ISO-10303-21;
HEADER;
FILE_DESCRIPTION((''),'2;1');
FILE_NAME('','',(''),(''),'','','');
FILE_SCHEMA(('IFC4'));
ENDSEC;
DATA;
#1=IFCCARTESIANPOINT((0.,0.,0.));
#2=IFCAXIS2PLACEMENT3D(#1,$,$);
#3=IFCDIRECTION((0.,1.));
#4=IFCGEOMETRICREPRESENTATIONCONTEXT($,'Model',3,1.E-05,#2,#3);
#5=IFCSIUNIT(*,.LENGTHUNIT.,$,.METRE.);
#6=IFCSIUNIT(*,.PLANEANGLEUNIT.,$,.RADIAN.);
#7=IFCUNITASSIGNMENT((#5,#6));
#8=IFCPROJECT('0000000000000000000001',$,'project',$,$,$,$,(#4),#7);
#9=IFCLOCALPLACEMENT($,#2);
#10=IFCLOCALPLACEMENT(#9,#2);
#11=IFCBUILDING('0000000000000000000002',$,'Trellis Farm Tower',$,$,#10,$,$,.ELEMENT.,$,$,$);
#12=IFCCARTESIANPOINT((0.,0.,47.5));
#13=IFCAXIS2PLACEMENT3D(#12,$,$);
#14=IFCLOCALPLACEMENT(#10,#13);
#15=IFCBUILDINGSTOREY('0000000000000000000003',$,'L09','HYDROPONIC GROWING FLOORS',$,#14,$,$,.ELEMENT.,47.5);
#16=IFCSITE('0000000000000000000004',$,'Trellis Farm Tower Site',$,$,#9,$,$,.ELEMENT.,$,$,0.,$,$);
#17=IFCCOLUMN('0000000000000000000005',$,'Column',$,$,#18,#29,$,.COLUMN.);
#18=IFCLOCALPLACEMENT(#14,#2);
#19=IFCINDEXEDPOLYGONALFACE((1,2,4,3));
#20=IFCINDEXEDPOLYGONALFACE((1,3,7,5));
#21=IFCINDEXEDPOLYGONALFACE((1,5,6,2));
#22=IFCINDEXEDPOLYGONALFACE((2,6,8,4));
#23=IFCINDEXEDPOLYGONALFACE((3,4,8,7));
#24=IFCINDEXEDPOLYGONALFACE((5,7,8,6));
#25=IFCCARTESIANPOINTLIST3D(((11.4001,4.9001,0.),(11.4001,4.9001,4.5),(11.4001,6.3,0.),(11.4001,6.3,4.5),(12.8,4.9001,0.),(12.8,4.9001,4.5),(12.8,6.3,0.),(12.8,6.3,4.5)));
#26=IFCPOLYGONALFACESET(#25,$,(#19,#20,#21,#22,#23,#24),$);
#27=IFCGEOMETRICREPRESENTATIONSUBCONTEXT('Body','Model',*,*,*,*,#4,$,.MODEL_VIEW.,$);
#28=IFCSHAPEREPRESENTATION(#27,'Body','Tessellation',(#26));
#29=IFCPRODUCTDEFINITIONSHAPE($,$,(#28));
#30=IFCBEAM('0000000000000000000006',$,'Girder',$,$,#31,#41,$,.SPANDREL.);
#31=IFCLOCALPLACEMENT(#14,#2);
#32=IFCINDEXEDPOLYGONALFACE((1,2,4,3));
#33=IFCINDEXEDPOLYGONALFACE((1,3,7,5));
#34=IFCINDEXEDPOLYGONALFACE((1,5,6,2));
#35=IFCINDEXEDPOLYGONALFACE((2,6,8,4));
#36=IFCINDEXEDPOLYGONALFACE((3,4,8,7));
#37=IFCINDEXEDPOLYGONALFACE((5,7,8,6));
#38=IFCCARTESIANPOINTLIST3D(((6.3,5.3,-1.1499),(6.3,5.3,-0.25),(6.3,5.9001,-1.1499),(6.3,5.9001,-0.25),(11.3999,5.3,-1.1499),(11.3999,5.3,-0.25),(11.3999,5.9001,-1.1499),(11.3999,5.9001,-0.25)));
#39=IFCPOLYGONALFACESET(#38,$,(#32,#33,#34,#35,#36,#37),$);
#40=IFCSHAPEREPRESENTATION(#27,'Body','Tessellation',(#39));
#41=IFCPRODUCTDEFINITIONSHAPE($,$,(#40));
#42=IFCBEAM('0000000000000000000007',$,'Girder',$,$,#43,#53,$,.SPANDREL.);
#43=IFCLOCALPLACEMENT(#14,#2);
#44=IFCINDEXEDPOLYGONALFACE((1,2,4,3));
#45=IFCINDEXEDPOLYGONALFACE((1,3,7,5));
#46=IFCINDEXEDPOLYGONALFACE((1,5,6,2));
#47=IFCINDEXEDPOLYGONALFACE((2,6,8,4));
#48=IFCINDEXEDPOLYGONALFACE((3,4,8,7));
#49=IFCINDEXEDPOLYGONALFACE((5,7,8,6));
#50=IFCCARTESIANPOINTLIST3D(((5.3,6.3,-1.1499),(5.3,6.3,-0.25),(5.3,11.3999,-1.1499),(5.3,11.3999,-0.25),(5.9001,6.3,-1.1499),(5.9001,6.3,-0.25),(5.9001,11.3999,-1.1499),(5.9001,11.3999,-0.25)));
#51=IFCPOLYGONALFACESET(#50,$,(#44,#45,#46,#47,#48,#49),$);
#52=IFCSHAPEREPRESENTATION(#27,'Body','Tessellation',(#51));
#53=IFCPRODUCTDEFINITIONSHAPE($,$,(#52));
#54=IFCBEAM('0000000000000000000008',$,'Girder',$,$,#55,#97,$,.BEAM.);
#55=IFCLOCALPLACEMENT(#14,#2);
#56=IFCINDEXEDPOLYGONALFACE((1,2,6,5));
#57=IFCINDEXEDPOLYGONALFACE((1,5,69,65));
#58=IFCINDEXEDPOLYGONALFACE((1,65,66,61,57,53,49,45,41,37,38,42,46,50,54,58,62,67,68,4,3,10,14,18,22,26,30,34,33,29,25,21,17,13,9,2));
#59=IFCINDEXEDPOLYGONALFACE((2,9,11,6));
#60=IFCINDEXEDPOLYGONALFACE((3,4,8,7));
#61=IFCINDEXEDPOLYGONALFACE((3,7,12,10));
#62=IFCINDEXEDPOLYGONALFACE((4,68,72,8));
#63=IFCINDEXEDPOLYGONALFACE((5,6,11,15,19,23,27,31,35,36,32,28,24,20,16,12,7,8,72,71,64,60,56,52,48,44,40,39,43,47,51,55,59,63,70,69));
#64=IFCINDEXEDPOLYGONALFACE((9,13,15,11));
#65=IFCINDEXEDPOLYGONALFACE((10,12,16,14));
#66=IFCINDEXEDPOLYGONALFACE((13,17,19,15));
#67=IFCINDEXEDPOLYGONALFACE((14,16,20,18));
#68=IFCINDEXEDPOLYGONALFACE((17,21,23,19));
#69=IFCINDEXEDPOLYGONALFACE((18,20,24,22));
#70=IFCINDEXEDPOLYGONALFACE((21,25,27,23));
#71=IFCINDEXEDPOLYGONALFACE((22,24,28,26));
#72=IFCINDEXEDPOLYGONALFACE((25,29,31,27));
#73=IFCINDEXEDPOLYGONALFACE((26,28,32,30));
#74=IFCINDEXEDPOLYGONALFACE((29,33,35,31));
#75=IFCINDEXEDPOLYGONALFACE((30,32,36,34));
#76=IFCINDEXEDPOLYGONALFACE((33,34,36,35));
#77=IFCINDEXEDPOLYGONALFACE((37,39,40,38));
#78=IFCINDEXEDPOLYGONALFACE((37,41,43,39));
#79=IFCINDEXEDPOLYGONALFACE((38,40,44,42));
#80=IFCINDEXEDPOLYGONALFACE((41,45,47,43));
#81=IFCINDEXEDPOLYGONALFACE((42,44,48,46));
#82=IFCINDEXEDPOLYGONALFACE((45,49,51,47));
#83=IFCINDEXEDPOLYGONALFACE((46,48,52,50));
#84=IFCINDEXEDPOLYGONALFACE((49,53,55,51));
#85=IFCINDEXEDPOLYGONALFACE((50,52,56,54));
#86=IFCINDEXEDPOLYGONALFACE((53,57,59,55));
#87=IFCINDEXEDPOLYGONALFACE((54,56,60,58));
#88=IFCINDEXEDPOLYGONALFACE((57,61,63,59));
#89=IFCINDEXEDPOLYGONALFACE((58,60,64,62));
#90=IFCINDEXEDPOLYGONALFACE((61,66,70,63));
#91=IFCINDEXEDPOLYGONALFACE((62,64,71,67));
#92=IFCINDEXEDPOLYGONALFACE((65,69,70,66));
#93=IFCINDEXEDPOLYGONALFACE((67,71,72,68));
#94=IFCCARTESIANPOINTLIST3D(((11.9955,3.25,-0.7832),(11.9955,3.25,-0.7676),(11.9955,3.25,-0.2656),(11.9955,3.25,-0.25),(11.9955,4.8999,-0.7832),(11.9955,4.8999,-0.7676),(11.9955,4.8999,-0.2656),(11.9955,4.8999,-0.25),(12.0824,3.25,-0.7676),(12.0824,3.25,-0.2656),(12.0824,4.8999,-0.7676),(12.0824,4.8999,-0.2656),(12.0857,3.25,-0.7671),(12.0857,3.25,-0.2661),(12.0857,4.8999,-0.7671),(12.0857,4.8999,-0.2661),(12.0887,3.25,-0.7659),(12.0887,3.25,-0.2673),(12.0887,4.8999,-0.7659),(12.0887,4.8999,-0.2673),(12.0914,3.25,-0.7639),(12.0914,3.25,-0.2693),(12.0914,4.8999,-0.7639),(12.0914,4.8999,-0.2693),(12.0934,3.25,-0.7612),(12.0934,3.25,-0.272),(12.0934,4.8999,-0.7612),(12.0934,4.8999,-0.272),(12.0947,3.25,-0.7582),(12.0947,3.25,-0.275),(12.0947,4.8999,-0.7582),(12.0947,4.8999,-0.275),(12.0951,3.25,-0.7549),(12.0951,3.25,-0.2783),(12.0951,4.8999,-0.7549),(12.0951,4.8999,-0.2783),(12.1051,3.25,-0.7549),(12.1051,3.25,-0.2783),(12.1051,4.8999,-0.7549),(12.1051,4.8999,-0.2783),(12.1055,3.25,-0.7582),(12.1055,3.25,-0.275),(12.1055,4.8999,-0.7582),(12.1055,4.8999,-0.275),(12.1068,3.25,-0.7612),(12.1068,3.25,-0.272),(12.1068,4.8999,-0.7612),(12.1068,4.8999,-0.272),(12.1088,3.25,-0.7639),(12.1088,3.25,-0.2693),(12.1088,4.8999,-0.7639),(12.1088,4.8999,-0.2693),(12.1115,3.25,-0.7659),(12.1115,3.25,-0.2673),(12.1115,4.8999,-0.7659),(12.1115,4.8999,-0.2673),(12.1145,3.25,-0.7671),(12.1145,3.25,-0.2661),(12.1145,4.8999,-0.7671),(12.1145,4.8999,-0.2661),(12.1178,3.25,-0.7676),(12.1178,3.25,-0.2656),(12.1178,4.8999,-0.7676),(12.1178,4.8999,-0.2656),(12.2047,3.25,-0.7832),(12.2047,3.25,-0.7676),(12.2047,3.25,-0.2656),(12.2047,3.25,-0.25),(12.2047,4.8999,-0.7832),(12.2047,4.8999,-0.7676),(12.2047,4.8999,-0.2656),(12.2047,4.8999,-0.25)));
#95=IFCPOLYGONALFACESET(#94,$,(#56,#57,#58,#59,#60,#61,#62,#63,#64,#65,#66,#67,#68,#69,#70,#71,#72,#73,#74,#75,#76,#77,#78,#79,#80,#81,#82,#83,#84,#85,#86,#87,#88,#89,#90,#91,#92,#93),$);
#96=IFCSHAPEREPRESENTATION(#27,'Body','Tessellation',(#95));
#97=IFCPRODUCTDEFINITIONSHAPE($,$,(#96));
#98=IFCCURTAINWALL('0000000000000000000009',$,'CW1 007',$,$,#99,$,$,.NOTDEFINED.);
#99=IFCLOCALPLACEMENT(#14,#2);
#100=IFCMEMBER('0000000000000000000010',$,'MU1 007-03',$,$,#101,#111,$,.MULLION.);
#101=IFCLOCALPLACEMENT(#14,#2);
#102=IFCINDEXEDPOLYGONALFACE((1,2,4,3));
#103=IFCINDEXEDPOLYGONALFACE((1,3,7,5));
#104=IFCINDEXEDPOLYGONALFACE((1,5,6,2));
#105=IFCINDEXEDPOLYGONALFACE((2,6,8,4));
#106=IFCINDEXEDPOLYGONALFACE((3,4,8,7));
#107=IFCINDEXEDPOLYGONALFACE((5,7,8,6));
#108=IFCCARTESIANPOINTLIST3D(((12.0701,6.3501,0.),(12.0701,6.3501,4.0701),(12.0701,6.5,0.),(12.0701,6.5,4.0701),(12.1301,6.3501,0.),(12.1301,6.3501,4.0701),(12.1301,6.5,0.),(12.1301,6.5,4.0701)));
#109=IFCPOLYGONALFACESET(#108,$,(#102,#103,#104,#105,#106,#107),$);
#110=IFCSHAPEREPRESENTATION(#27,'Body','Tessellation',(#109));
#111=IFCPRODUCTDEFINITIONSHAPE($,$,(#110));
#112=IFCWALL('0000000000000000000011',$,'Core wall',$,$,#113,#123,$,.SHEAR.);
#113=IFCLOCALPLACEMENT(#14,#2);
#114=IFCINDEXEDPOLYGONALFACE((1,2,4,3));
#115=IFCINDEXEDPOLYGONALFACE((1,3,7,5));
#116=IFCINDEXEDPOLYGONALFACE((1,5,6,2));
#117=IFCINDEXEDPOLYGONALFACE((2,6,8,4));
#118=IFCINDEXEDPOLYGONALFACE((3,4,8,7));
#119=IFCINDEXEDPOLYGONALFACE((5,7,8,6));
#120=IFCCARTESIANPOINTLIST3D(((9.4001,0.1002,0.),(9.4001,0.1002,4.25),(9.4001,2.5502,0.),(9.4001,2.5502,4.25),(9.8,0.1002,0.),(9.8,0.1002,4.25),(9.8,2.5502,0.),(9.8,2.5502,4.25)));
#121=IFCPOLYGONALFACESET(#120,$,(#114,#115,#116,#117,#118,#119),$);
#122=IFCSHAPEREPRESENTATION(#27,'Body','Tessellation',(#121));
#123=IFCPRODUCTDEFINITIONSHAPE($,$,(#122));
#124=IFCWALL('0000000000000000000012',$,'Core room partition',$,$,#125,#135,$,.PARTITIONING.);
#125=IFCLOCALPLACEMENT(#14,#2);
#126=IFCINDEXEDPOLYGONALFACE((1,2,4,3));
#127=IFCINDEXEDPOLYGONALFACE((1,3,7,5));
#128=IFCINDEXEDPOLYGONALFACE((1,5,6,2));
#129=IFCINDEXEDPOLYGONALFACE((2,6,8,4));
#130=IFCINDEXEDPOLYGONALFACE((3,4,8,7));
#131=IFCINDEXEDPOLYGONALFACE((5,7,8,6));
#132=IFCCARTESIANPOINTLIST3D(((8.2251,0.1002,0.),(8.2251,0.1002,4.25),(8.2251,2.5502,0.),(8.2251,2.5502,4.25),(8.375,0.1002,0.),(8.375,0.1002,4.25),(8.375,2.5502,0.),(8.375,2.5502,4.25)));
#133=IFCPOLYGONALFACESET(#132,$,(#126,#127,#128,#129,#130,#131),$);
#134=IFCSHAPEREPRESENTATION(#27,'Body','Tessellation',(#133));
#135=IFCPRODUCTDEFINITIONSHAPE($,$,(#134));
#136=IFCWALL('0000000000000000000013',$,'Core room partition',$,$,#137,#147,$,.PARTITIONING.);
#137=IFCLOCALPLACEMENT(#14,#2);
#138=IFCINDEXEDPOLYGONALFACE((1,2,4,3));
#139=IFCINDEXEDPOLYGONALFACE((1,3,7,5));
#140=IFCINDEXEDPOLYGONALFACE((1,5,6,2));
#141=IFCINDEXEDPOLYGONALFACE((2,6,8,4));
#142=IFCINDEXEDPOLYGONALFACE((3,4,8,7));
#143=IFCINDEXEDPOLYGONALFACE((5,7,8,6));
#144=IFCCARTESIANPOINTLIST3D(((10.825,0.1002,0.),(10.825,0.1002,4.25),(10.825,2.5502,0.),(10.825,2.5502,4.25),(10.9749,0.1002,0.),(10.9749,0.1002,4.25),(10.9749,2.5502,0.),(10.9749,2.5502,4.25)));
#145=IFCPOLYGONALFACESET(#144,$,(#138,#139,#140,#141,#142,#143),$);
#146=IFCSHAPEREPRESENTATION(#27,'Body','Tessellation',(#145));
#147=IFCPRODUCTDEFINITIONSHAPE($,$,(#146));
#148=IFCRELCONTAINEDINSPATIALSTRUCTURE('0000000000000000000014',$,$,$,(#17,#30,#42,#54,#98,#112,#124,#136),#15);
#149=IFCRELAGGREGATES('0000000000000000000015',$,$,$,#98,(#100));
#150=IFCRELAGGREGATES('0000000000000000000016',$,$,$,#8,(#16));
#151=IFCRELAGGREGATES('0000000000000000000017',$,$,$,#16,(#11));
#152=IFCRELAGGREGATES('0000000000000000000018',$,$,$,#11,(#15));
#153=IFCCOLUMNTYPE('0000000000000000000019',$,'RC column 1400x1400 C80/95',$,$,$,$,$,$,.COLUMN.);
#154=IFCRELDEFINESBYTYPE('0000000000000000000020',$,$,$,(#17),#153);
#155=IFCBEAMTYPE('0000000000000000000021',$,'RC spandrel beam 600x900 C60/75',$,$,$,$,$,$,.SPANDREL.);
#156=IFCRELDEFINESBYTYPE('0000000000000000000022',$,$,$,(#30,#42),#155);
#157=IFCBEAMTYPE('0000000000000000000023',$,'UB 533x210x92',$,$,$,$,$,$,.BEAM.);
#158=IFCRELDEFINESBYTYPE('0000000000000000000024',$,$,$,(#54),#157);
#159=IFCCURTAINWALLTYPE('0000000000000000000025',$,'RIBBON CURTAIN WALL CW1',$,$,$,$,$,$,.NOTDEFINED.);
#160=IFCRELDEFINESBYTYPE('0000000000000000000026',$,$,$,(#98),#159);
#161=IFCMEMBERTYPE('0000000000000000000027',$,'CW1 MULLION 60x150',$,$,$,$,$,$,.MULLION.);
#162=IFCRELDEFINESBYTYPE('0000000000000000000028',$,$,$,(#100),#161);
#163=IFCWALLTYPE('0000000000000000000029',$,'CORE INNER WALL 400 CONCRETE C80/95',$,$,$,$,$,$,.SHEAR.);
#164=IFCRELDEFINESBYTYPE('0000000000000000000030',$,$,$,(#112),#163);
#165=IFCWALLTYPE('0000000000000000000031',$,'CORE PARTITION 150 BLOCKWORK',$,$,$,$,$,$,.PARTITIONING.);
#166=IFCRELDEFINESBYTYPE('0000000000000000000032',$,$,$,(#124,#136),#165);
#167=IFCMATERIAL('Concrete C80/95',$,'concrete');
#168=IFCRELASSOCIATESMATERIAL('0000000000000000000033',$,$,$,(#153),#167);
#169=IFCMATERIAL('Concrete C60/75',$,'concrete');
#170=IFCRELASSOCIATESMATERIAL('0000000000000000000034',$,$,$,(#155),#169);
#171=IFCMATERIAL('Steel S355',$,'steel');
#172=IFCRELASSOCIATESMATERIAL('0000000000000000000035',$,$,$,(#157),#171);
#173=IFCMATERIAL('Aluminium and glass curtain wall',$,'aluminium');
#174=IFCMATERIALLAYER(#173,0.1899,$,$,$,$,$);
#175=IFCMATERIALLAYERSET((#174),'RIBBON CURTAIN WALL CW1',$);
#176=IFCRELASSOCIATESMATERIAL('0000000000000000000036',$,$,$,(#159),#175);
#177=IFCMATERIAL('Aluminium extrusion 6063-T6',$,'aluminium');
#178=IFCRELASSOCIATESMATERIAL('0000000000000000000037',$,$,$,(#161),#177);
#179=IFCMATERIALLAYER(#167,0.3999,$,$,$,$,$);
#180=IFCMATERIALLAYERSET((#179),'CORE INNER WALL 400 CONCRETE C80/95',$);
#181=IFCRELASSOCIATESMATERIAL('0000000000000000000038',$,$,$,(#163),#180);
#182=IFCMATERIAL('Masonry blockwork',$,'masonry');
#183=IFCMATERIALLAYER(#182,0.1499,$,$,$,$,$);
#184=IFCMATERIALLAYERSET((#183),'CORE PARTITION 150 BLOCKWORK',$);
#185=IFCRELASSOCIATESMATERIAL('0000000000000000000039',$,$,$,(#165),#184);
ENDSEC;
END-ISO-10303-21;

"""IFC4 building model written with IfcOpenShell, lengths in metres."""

from ifc_helpers import new_model, si_unit, direction, frame, frame_2d, origin, origin_2d, place, context, subcontext, project, spatial, rectangle, i_section, extrude, source, transform, mapped, material, layer, layer_set, material_profile, profile_set, type_object, element, aggregate, save


model = new_model("IFC4")

# Units and contexts
model_context = context("Model", 3, precision=1e-05, world=origin(), true_north=direction((0.0, 1.0)))
body_context = subcontext(model_context, "Body", "Model", "MODEL_VIEW")
ifc_project = project(units=[si_unit("LENGTHUNIT", "METRE"), si_unit("PLANEANGLEUNIT", "RADIAN")], contexts=[model_context])

# Site, building, storey
site_placement = place(None, origin())
site = spatial("IfcSite", under=ifc_project, at=site_placement, Name="Trellis Farm Tower Site", CompositionType="ELEMENT", RefElevation=0.0)
building_placement = place(site_placement, origin())
building = spatial("IfcBuilding", under=site, at=building_placement, Name="Trellis Farm Tower", CompositionType="ELEMENT")
storey_placement = place(building_placement, frame((0.0, 0.0, 47.5)))
storey = spatial("IfcBuildingStorey", under=building, at=storey_placement, Name="L09", Description="HYDROPONIC GROWING FLOORS", CompositionType="ELEMENT", Elevation=47.5)

# Column
ifc_material_1 = material(Name="Concrete C80/95", Category="concrete")
ifc_material_profile_1 = material_profile(ifc_material_1, rectangle(XDim=1.3999, YDim=1.3999, at=origin_2d()), Name="RC column 1400x1400 C80/95")
ifc_profile_set_1 = profile_set([ifc_material_profile_1], Name="Concrete C80/95")
column_type = type_object("IfcColumnType", Name="RC column 1400x1400 C80/95", PredefinedType="COLUMN", material=ifc_profile_set_1)
shared_shape_1 = source(origin(), body_context, "Body", "SweptSolid", [
    extrude(rectangle(XDim=1.3999, YDim=1.3999, at=origin_2d()), origin(), (0.0, 0.0, 1.0), 4.5),
])
column_placement = place(storey_placement, frame((12.1001, 5.6001, 0.0), z_axis=(0.0, 0.0, 1.0), x_axis=(1.0, 0.0, 0.0)))
element("IfcColumn", 1, at=column_placement, inside=storey, type_object=column_type, Name="Column", PredefinedType="COLUMN", context=body_context, shape_type="MappedRepresentation", body=[
    mapped(shared_shape_1, transform((0.0, 0.0, 0.0))),
])

# Beams
ifc_material_2 = material(Name="Concrete C60/75", Category="concrete")
ifc_material_profile_2 = material_profile(ifc_material_2, rectangle(XDim=0.6001, YDim=0.8999, at=origin_2d()), Name="RC spandrel beam 600x900 C60/75")
ifc_profile_set_2 = profile_set([ifc_material_profile_2], Name="Concrete C60/75")
beam_type_1 = type_object("IfcBeamType", Name="RC spandrel beam 600x900 C60/75", PredefinedType="SPANDREL", material=ifc_profile_set_2)
shared_shape_2 = source(origin(), body_context, "Body", "SweptSolid", [
    extrude(rectangle(XDim=0.6001, YDim=0.8999, at=origin_2d()), origin(), (0.0, 0.0, 1.0), 5.0999),
])
for number, where, z_axis, x_axis, name in (
    (2, (6.3, 5.6001, -0.7), (1.0, 0.0, 0.0), (0.0, 1.0, 0.0), "Girder"),
    (3, (5.6001, 6.3, -0.7), (0.0, 1.0, 0.0), (-1.0, 0.0, 0.0), "Girder"),
):
    element("IfcBeam", number, at=place(storey_placement, frame(where, z_axis=z_axis, x_axis=x_axis)), inside=storey, type_object=beam_type_1, Name=name, PredefinedType="SPANDREL", context=body_context, shape_type="MappedRepresentation", body=[
        mapped(shared_shape_2, transform((0.0, 0.0, 0.0))),
    ])
ifc_material_3 = material(Name="Steel S355", Category="steel")
ifc_material_profile_3 = material_profile(ifc_material_3, i_section(OverallWidth=0.2092, OverallDepth=0.5332, WebThickness=0.01, FlangeThickness=0.0156, FilletRadius=0.0127, at=origin_2d()), Name="UB 533x210x92")
ifc_profile_set_3 = profile_set([ifc_material_profile_3], Name="Steel S355")
beam_type_2 = type_object("IfcBeamType", Name="UB 533x210x92", PredefinedType="BEAM", material=ifc_profile_set_3)
shared_shape_3 = source(origin(), body_context, "Body", "SweptSolid", [
    extrude(i_section(OverallWidth=0.2092, OverallDepth=0.5332, WebThickness=0.01, FlangeThickness=0.0156, FilletRadius=0.0127, at=origin_2d()), origin(), (0.0, 0.0, 1.0), 1.6499),
])
beam_placement = place(storey_placement, frame((12.1001, 3.25, -0.5166), z_axis=(0.0, 1.0, 0.0), x_axis=(-1.0, 0.0, 0.0)))
element("IfcBeam", 4, at=beam_placement, inside=storey, type_object=beam_type_2, Name="Girder", PredefinedType="BEAM", context=body_context, shape_type="MappedRepresentation", body=[
    mapped(shared_shape_3, transform((0.0, 0.0, 0.0))),
])

# Curtain wall, member
ifc_material_4 = material(Name="Aluminium and glass curtain wall", Category="aluminium")
ifc_layer_1 = layer(ifc_material_4, 0.1899)
ifc_layer_set_1 = layer_set([ifc_layer_1], Name="RIBBON CURTAIN WALL CW1")
curtain_wall_type = type_object("IfcCurtainWallType", Name="RIBBON CURTAIN WALL CW1", PredefinedType="NOTDEFINED", material=ifc_layer_set_1)
curtain_wall_placement = place(storey_placement, origin())
curtain_wall = element("IfcCurtainWall", 5, at=curtain_wall_placement, inside=storey, type_object=curtain_wall_type, Name="CW1 007", PredefinedType="NOTDEFINED")
ifc_material_5 = material(Name="Aluminium extrusion 6063-T6", Category="aluminium")
ifc_material_profile_4 = material_profile(ifc_material_5, rectangle(XDim=0.0601, YDim=0.1499, at=origin_2d()), Name="MULLION 60x150")
ifc_profile_set_4 = profile_set([ifc_material_profile_4], Name="Aluminium extrusion 6063-T6")
member_type = type_object("IfcMemberType", Name="CW1 MULLION 60x150", PredefinedType="MULLION", material=ifc_profile_set_4)
shared_shape_4 = source(origin(), body_context, "Body", "SweptSolid", [
    extrude(rectangle(XDim=0.0601, YDim=0.1499, at=origin_2d()), origin(), (0.0, 0.0, 1.0), 4.0701),
])
member_placement = place(storey_placement, frame((12.1001, 6.425, 0.0), z_axis=(0.0, 0.0, 1.0), x_axis=(-1.0, 0.0, 0.0)))
member = element("IfcMember", 6, at=member_placement, type_object=member_type, Name="MU1 007-03", PredefinedType="MULLION", context=body_context, shape_type="MappedRepresentation", body=[
    mapped(shared_shape_4, transform((0.0, 0.0, 0.0))),
])
aggregate(curtain_wall, [member])

# Wall
ifc_layer_2 = layer(ifc_material_1, 0.3999)
ifc_layer_set_2 = layer_set([ifc_layer_2], Name="CORE INNER WALL 400 CONCRETE C80/95")
wall_type_1 = type_object("IfcWallType", Name="CORE INNER WALL 400 CONCRETE C80/95", PredefinedType="SHEAR", material=ifc_layer_set_2)
shared_shape_5 = source(origin(), body_context, "Body", "SweptSolid", [
    extrude(rectangle(XDim=2.45, YDim=0.3999, at=frame_2d((1.2251, 0.0))), origin(), (0.0, 0.0, 1.0), 4.25),
])
wall_1_placement = place(storey_placement, frame((9.6001, 0.1001, 0.0), z_axis=(0.0, 0.0, 1.0), x_axis=(0.0, 1.0, 0.0)))
element("IfcWall", 7, at=wall_1_placement, inside=storey, type_object=wall_type_1, Name="Core wall", PredefinedType="SHEAR", context=body_context, shape_type="MappedRepresentation", body=[
    mapped(shared_shape_5, transform((0.0, 0.0, 0.0))),
])

# Walls
ifc_material_6 = material(Name="Masonry blockwork", Category="masonry")
ifc_layer_3 = layer(ifc_material_6, 0.1499)
ifc_layer_set_3 = layer_set([ifc_layer_3], Name="CORE PARTITION 150 BLOCKWORK")
wall_type_2 = type_object("IfcWallType", Name="CORE PARTITION 150 BLOCKWORK", PredefinedType="PARTITIONING", material=ifc_layer_set_3)
shared_shape_6 = source(origin(), body_context, "Body", "SweptSolid", [
    extrude(rectangle(XDim=2.45, YDim=0.1499, at=frame_2d((1.2251, 0.0))), origin(), (0.0, 0.0, 1.0), 4.25),
])
for number, where, z_axis, x_axis, name in (
    (8, (8.3, 0.1001, 0.0), (0.0, 0.0, 1.0), (0.0, 1.0, 0.0), "Core room partition"),
    (9, (10.8999, 0.1001, 0.0), (0.0, 0.0, 1.0), (0.0, 1.0, 0.0), "Core room partition"),
):
    element("IfcWall", number, at=place(storey_placement, frame(where, z_axis=z_axis, x_axis=x_axis)), inside=storey, type_object=wall_type_2, Name=name, PredefinedType="PARTITIONING", context=body_context, shape_type="MappedRepresentation", body=[
        mapped(shared_shape_6, transform((0.0, 0.0, 0.0))),
    ])

save(model, "model.ifc")
